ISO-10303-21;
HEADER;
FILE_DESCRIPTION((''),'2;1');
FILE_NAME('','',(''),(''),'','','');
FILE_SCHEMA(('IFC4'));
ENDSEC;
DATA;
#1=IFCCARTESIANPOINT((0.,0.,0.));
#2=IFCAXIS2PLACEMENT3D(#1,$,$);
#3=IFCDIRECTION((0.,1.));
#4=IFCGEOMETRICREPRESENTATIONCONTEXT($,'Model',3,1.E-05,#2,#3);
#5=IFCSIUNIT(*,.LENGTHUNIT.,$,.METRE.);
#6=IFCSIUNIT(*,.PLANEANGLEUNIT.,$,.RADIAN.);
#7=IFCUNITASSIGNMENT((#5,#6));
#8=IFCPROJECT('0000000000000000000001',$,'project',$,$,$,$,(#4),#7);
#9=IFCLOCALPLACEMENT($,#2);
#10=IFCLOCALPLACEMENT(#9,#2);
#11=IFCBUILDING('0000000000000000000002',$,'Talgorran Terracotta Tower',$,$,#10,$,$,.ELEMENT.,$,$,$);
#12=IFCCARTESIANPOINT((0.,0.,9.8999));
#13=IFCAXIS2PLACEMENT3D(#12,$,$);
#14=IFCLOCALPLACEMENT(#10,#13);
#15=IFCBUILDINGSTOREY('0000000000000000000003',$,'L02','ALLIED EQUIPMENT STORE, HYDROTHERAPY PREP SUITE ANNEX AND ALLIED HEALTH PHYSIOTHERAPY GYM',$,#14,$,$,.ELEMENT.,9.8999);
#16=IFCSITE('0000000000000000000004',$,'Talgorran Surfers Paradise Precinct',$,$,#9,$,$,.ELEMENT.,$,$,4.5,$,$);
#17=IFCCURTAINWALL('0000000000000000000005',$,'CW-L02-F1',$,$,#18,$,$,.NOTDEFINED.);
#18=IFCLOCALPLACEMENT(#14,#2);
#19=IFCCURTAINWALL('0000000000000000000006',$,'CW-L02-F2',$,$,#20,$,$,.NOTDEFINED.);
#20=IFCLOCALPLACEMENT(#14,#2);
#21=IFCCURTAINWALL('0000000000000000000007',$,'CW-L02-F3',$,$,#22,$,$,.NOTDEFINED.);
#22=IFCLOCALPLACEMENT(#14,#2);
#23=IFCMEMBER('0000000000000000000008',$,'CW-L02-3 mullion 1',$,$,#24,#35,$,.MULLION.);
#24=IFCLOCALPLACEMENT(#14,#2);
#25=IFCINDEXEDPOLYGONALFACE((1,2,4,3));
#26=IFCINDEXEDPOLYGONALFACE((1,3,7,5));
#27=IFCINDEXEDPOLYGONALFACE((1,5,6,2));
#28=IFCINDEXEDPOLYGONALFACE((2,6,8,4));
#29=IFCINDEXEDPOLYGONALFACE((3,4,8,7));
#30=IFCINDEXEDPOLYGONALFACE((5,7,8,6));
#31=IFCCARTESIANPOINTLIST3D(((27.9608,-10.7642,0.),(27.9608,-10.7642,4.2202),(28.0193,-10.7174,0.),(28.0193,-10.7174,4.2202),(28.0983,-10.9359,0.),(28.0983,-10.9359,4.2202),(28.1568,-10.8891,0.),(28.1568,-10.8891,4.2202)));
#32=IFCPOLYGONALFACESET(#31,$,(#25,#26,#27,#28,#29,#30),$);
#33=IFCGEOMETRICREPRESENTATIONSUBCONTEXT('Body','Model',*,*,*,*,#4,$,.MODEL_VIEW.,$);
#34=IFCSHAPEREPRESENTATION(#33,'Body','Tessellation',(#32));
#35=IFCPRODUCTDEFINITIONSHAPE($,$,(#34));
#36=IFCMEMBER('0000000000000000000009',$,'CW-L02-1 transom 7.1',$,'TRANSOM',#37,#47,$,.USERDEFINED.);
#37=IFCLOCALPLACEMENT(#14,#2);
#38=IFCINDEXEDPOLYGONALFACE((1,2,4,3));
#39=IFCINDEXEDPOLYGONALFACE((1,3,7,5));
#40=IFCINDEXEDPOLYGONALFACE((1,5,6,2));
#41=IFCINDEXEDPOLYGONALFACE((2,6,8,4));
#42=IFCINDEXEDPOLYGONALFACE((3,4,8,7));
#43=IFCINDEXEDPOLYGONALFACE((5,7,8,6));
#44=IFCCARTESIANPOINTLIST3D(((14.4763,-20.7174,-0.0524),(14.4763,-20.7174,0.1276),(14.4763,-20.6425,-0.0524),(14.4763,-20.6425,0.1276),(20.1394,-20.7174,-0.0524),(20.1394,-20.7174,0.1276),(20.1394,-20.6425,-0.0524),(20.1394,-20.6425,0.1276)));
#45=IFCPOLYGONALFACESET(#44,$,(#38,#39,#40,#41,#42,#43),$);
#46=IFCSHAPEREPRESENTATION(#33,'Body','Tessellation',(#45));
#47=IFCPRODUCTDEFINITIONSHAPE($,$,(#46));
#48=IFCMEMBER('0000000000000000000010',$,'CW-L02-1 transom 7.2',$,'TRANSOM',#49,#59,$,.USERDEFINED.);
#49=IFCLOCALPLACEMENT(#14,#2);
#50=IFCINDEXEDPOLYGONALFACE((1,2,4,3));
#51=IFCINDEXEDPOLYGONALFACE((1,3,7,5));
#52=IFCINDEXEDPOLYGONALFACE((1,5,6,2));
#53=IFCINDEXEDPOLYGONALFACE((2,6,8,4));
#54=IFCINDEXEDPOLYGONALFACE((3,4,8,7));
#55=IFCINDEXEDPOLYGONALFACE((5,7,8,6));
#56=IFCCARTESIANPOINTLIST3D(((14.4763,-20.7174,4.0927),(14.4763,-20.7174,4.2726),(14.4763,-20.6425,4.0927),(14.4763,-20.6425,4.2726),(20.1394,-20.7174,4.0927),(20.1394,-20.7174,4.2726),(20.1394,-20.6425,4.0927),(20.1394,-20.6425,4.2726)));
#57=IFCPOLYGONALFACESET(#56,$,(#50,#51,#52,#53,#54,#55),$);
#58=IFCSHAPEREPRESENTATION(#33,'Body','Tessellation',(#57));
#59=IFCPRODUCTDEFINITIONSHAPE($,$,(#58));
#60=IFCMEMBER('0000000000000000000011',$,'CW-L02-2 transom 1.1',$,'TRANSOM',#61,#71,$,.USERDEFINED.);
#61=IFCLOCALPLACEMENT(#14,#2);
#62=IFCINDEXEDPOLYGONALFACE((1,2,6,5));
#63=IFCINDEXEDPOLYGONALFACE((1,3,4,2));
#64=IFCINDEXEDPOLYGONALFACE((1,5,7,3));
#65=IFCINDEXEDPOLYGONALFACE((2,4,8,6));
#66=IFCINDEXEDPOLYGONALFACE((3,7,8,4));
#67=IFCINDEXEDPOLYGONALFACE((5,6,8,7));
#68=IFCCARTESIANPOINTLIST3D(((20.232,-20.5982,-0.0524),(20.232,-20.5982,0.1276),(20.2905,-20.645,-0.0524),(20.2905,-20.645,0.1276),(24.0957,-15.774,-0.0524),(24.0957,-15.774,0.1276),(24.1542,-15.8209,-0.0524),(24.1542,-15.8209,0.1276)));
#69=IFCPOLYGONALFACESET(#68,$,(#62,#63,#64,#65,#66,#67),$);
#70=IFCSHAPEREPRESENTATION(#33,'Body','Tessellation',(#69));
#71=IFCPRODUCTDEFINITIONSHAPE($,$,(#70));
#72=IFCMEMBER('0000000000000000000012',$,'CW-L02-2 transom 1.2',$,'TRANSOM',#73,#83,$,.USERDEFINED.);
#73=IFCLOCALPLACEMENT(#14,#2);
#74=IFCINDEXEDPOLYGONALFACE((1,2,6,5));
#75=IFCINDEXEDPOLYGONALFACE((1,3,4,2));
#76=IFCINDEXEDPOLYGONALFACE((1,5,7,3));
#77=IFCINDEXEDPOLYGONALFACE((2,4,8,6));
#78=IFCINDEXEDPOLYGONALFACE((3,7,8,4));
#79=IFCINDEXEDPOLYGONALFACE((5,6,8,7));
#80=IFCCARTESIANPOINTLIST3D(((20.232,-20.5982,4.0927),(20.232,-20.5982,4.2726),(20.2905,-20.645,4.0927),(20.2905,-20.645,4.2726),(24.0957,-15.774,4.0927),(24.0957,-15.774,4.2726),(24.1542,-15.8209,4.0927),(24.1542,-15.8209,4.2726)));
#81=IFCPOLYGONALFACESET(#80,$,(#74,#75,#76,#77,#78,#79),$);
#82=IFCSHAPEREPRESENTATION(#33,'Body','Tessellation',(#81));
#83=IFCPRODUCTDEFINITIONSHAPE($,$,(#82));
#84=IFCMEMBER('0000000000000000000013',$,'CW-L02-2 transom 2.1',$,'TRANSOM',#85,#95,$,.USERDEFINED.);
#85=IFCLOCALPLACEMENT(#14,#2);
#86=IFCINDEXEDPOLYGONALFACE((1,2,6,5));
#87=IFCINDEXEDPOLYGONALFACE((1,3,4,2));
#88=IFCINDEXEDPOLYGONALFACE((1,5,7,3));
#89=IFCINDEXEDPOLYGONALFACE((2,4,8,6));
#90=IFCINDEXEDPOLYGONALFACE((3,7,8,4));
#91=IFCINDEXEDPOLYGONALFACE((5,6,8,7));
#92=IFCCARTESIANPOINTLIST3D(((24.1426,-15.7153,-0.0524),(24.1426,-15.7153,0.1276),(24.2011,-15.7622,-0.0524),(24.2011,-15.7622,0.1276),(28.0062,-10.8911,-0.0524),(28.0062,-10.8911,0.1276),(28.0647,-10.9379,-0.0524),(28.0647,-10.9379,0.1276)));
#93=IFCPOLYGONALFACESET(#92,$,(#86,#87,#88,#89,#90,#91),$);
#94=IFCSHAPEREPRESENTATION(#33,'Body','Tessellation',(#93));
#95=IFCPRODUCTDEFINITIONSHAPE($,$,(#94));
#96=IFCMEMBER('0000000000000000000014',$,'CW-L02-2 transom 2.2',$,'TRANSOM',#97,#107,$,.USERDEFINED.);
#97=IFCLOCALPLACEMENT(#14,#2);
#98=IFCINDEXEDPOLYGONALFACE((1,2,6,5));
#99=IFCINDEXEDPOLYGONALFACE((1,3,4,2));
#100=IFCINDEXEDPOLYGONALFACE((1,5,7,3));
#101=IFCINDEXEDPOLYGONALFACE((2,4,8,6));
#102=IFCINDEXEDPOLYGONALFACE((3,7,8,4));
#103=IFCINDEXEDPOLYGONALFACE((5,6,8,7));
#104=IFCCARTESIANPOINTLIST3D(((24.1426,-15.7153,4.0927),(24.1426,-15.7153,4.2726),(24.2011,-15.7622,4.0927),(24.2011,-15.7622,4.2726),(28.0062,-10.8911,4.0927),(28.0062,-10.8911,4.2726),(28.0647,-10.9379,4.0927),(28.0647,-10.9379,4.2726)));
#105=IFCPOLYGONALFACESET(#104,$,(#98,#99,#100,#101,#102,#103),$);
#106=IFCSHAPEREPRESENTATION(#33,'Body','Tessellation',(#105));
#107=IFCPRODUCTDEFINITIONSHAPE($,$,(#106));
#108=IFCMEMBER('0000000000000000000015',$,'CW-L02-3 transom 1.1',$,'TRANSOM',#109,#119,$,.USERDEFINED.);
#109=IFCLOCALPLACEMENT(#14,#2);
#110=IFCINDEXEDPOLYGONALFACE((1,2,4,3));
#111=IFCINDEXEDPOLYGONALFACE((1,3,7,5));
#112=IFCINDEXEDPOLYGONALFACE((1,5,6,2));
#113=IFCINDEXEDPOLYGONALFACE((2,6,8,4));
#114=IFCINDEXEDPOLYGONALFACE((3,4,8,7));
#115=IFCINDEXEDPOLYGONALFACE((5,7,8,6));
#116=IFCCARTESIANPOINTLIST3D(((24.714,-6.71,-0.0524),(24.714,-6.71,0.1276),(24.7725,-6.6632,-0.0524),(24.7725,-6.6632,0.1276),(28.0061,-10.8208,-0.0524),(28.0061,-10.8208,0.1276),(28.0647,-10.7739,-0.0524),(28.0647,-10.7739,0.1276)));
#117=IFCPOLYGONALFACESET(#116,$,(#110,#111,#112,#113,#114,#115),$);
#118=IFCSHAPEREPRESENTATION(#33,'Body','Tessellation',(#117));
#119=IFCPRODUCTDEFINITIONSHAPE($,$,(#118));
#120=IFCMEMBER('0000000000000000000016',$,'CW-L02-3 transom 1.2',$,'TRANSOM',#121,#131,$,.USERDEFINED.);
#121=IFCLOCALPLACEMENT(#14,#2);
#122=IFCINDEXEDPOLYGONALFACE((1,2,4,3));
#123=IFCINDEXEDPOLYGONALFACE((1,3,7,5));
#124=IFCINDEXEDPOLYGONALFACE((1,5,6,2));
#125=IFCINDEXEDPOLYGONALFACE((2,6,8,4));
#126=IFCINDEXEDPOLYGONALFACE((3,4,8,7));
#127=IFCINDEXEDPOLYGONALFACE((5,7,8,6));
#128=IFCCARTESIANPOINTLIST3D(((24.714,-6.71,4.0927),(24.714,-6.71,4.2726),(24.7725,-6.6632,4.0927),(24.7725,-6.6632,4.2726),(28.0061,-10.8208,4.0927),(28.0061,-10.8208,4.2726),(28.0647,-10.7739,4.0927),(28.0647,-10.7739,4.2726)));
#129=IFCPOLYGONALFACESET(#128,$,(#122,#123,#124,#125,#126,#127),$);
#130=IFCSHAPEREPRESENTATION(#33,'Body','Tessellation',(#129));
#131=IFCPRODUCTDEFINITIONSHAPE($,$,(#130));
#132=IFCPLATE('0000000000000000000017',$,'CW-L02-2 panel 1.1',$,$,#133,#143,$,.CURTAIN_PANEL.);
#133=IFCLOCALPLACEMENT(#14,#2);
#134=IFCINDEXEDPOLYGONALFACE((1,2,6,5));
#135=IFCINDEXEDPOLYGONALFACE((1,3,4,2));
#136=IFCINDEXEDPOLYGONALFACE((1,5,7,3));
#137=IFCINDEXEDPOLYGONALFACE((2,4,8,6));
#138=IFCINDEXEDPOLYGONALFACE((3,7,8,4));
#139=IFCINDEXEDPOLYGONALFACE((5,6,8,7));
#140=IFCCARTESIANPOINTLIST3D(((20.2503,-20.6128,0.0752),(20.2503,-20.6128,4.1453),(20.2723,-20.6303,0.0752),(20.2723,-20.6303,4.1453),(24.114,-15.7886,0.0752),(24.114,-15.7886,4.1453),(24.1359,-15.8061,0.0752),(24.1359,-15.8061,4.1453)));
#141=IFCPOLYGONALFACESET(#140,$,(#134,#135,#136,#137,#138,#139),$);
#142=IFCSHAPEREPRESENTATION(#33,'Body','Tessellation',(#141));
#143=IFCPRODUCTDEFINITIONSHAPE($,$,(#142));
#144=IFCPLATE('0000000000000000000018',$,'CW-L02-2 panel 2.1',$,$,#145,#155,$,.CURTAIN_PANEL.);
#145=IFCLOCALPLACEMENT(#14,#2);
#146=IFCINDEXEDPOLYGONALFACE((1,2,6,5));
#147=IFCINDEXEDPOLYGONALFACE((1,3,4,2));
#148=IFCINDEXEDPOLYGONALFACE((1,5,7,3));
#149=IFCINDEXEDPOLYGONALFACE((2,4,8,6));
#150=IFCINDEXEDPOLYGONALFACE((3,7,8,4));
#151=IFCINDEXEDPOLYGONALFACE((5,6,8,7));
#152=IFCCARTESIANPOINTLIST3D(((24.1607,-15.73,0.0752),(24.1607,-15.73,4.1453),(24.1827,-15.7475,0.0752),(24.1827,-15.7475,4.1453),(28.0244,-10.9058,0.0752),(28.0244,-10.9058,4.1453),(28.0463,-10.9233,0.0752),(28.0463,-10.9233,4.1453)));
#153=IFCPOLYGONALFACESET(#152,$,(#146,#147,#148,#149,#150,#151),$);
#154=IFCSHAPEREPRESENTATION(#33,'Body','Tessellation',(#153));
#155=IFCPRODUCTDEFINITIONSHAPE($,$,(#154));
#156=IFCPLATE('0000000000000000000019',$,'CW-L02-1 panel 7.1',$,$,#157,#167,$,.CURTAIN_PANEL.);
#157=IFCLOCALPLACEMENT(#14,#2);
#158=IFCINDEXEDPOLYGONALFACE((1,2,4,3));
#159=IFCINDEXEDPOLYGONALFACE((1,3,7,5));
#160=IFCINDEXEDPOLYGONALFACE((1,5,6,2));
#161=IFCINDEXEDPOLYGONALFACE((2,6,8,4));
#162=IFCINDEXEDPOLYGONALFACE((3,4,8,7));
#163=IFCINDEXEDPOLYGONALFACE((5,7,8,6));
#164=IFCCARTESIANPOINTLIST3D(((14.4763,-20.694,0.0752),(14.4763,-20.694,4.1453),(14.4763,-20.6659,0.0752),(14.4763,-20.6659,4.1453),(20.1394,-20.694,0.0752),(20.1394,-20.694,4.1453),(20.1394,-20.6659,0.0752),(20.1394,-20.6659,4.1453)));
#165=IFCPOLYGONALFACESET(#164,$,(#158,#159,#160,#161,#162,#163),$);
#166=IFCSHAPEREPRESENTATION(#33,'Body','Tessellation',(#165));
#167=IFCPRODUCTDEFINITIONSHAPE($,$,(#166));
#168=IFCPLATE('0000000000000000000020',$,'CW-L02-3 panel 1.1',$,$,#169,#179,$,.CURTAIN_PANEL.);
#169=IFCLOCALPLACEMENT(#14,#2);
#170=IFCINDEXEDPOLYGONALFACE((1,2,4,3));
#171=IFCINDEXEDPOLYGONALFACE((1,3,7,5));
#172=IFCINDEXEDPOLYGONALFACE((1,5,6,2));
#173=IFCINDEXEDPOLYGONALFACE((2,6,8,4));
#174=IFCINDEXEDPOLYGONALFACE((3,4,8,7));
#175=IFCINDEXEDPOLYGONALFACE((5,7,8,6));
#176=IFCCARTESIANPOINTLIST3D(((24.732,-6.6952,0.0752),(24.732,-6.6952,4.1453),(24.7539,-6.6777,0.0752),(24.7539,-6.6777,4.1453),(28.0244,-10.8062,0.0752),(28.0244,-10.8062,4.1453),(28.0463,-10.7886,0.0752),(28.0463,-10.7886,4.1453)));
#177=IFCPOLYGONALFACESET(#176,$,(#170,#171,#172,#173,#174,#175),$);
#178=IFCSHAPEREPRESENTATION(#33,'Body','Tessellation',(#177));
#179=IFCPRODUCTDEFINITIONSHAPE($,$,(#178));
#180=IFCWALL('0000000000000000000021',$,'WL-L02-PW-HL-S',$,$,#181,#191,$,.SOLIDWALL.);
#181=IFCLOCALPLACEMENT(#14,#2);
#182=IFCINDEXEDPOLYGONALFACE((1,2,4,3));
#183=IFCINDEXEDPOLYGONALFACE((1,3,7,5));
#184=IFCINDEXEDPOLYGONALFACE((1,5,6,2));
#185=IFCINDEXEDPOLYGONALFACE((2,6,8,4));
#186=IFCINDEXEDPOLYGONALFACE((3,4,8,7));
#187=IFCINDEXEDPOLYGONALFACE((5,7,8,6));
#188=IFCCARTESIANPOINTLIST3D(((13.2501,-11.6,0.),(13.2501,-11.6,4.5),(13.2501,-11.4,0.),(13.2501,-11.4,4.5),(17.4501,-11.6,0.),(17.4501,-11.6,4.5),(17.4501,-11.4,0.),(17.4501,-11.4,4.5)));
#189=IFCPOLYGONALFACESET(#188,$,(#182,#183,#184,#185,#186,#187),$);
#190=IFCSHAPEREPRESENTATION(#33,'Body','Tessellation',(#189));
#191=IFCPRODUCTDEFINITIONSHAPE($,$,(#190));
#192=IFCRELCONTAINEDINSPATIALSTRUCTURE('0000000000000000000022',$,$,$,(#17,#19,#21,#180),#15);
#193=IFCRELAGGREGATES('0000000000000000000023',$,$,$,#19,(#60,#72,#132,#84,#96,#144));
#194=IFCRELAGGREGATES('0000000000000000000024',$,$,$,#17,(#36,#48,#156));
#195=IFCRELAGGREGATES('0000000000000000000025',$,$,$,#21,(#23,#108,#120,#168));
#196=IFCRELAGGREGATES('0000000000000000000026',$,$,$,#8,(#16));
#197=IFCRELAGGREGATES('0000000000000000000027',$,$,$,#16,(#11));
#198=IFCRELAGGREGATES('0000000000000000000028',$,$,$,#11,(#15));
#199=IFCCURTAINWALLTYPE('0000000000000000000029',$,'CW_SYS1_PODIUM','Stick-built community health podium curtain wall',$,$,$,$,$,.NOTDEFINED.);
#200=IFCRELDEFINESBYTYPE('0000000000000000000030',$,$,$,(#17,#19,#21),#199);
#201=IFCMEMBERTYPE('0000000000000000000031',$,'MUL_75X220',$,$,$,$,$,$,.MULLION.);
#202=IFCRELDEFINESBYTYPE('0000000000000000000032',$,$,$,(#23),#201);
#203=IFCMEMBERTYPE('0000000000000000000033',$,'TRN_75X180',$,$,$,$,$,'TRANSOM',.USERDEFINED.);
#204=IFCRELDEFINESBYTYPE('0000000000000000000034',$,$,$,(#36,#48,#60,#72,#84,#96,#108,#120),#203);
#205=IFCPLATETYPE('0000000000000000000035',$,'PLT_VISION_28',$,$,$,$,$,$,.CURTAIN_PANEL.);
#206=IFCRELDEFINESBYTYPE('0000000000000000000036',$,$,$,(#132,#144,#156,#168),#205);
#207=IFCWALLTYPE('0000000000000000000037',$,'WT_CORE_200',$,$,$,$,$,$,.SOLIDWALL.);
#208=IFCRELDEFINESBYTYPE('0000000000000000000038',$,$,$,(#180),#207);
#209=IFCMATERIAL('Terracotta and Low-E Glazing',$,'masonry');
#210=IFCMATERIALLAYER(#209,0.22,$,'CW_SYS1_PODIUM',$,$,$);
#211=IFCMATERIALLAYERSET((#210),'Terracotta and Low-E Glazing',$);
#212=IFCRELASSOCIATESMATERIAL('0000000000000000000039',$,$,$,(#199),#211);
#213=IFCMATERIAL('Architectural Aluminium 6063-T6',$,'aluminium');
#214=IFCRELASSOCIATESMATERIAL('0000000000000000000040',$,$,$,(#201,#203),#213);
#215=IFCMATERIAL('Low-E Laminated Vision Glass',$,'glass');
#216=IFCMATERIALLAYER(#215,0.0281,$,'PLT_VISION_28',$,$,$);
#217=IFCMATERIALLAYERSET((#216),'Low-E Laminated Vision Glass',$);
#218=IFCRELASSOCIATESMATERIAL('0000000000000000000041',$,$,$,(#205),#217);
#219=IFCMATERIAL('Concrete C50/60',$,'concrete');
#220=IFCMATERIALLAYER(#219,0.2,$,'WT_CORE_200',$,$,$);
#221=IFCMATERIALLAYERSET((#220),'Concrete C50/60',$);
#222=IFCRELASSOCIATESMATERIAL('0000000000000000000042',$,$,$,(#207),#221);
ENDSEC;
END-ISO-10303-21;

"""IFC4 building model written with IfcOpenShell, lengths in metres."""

from ifc_helpers import new_model, si_unit, direction, frame, frame_2d, origin, origin_2d, place, context, subcontext, project, spatial, rectangle, extrude, source, transform, mapped, material, layer, layer_set, material_profile, profile_set, type_object, type_shapes, element, aggregate, save


model = new_model("IFC4")

# Units and contexts
model_context = context("Model", 3, precision=1e-05, world=origin(), true_north=direction((0.0, 1.0)))
body_context = subcontext(model_context, "Body", "Model", "MODEL_VIEW")
ifc_project = project(units=[si_unit("LENGTHUNIT", "METRE"), si_unit("PLANEANGLEUNIT", "RADIAN")], contexts=[model_context])

# Site, building, storey
site_placement = place(None, origin())
site = spatial("IfcSite", under=ifc_project, at=site_placement, Name="Talgorran Surfers Paradise Precinct", CompositionType="ELEMENT", RefElevation=4.5)
building_placement = place(site_placement, origin())
building = spatial("IfcBuilding", under=site, at=building_placement, Name="Talgorran Terracotta Tower", CompositionType="ELEMENT")
storey_placement = place(building_placement, frame((0.0, 0.0, 9.8999)))
storey = spatial("IfcBuildingStorey", under=building, at=storey_placement, Name="L02", Description="ALLIED EQUIPMENT STORE, HYDROTHERAPY PREP SUITE ANNEX AND ALLIED HEALTH PHYSIOTHERAPY GYM", CompositionType="ELEMENT", Elevation=9.8999)

# Curtain walls
ifc_material_1 = material(Name="Terracotta and Low-E Glazing", Category="masonry")
ifc_layer_1 = layer(ifc_material_1, 0.22, Name="CW_SYS1_PODIUM")
ifc_layer_set_1 = layer_set([ifc_layer_1], Name="Terracotta and Low-E Glazing")
curtain_wall_type = type_object("IfcCurtainWallType", Name="CW_SYS1_PODIUM", Description="Stick-built community health podium curtain wall", PredefinedType="NOTDEFINED", material=ifc_layer_set_1)
curtain_wall_1_placement = place(storey_placement, origin())
curtain_wall_1 = element("IfcCurtainWall", 1, at=curtain_wall_1_placement, inside=storey, type_object=curtain_wall_type, Name="CW-L02-F1", PredefinedType="NOTDEFINED")
ifc_material_2 = material(Name="Architectural Aluminium 6063-T6", Category="aluminium")
ifc_material_profile_1 = material_profile(ifc_material_2, rectangle(XDim=0.075, YDim=0.22, at=origin_2d()), Name="CWM75X220")
ifc_profile_set_1 = profile_set([ifc_material_profile_1], Name="Architectural Aluminium 6063-T6")
member_type_1 = type_object("IfcMemberType", Name="MUL_75X220", PredefinedType="MULLION", material=ifc_profile_set_1)
curtain_wall_2_placement = place(storey_placement, origin())
curtain_wall_2 = element("IfcCurtainWall", 2, at=curtain_wall_2_placement, inside=storey, type_object=curtain_wall_type, Name="CW-L02-F2", PredefinedType="NOTDEFINED")

# Curtain wall, member
curtain_wall_3_placement = place(storey_placement, origin())
curtain_wall_3 = element("IfcCurtainWall", 3, at=curtain_wall_3_placement, inside=storey, type_object=curtain_wall_type, Name="CW-L02-F3", PredefinedType="NOTDEFINED")
member_1_placement = place(storey_placement, frame((28.0588, -10.8267, 0.0), z_axis=(0.0, 0.0, 1.0), x_axis=(-0.780532, -0.625116, 0.0)))
member_1 = element("IfcMember", 4, at=member_1_placement, type_object=member_type_1, Name="CW-L02-3 mullion 1", PredefinedType="MULLION", context=body_context, shape_type="SweptSolid", body=[
    extrude(rectangle(XDim=0.075, YDim=0.22, at=origin_2d()), origin(), (0.0, 0.0, 1.0), 4.2202),
])

# Members
ifc_material_profile_2 = material_profile(ifc_material_2, rectangle(XDim=0.075, YDim=0.1799, at=origin_2d()), Name="CWT75X180")
ifc_profile_set_2 = profile_set([ifc_material_profile_2], Name="Architectural Aluminium 6063-T6")
member_type_2 = type_object("IfcMemberType", Name="TRN_75X180", ElementType="TRANSOM", PredefinedType="USERDEFINED", material=ifc_profile_set_2)
member_2_placement = place(storey_placement, frame((14.4763, -20.6799, 0.0376), z_axis=(1.0, 0.0, 0.0), x_axis=(0.0, 1.0, 0.0)))
member_2 = element("IfcMember", 5, at=member_2_placement, type_object=member_type_2, Name="CW-L02-1 transom 7.1", ObjectType="TRANSOM", PredefinedType="USERDEFINED", context=body_context, shape_type="SweptSolid", body=[
    extrude(rectangle(XDim=0.075, YDim=0.1799, at=origin_2d()), origin(), (0.0, 0.0, 1.0), 5.6631),
])
member_3_placement = place(storey_placement, frame((14.4763, -20.6799, 4.1826), z_axis=(1.0, 0.0, 0.0), x_axis=(0.0, 1.0, 0.0)))
member_3 = element("IfcMember", 6, at=member_3_placement, type_object=member_type_2, Name="CW-L02-1 transom 7.2", ObjectType="TRANSOM", PredefinedType="USERDEFINED", context=body_context, shape_type="SweptSolid", body=[
    extrude(rectangle(XDim=0.075, YDim=0.1799, at=origin_2d()), origin(), (0.0, 0.0, 1.0), 5.6631),
])
member_4_placement = place(storey_placement, frame((20.2612, -20.6216, 0.0376), z_axis=(0.625128, 0.780522, 0.0), x_axis=(-0.780522, 0.625128, 0.0)))
member_4 = element("IfcMember", 7, at=member_4_placement, type_object=member_type_2, Name="CW-L02-2 transom 1.1", ObjectType="TRANSOM", PredefinedType="USERDEFINED", context=body_context, shape_type="SweptSolid", body=[
    extrude(rectangle(XDim=0.075, YDim=0.1799, at=origin_2d()), origin(), (0.0, 0.0, 1.0), 6.1807),
])
member_5_placement = place(storey_placement, frame((20.2612, -20.6216, 4.1826), z_axis=(0.625128, 0.780522, 0.0), x_axis=(-0.780522, 0.625128, 0.0)))
member_5 = element("IfcMember", 8, at=member_5_placement, type_object=member_type_2, Name="CW-L02-2 transom 1.2", ObjectType="TRANSOM", PredefinedType="USERDEFINED", context=body_context, shape_type="SweptSolid", body=[
    extrude(rectangle(XDim=0.075, YDim=0.1799, at=origin_2d()), origin(), (0.0, 0.0, 1.0), 6.1807),
])
member_6_placement = place(storey_placement, frame((24.1719, -15.7388, 0.0376), z_axis=(0.625104, 0.780541, 0.0), x_axis=(-0.780541, 0.625104, 0.0)))
member_6 = element("IfcMember", 9, at=member_6_placement, type_object=member_type_2, Name="CW-L02-2 transom 2.1", ObjectType="TRANSOM", PredefinedType="USERDEFINED", context=body_context, shape_type="SweptSolid", body=[
    extrude(rectangle(XDim=0.075, YDim=0.1799, at=origin_2d()), origin(), (0.0, 0.0, 1.0), 6.1807),
])
member_7_placement = place(storey_placement, frame((24.1719, -15.7388, 4.1826), z_axis=(0.625104, 0.780541, 0.0), x_axis=(-0.780541, 0.625104, 0.0)))
member_7 = element("IfcMember", 10, at=member_7_placement, type_object=member_type_2, Name="CW-L02-2 transom 2.2", ObjectType="TRANSOM", PredefinedType="USERDEFINED", context=body_context, shape_type="SweptSolid", body=[
    extrude(rectangle(XDim=0.075, YDim=0.1799, at=origin_2d()), origin(), (0.0, 0.0, 1.0), 6.1807),
])
member_8_placement = place(storey_placement, frame((28.0354, -10.7974, 0.0376), z_axis=(-0.625108, 0.780539, 0.0), x_axis=(-0.780539, -0.625108, 0.0)))
member_8 = element("IfcMember", 11, at=member_8_placement, type_object=member_type_2, Name="CW-L02-3 transom 1.1", ObjectType="TRANSOM", PredefinedType="USERDEFINED", context=body_context, shape_type="SweptSolid", body=[
    extrude(rectangle(XDim=0.075, YDim=0.1799, at=origin_2d()), origin(), (0.0, 0.0, 1.0), 5.2666),
])
member_9_placement = place(storey_placement, frame((28.0354, -10.7974, 4.1826), z_axis=(-0.625108, 0.780539, 0.0), x_axis=(-0.780539, -0.625108, 0.0)))
member_9 = element("IfcMember", 12, at=member_9_placement, type_object=member_type_2, Name="CW-L02-3 transom 1.2", ObjectType="TRANSOM", PredefinedType="USERDEFINED", context=body_context, shape_type="SweptSolid", body=[
    extrude(rectangle(XDim=0.075, YDim=0.1799, at=origin_2d()), origin(), (0.0, 0.0, 1.0), 5.2666),
])

# Plates
ifc_material_3 = material(Name="Low-E Laminated Vision Glass", Category="glass")
ifc_layer_2 = layer(ifc_material_3, 0.0281, Name="PLT_VISION_28")
ifc_layer_set_2 = layer_set([ifc_layer_2], Name="Low-E Laminated Vision Glass")
plate_type = type_object("IfcPlateType", Name="PLT_VISION_28", PredefinedType="CURTAIN_PANEL", material=ifc_layer_set_2)
shared_shape_1 = source(origin(), body_context, "Body", "SweptSolid", [
    extrude(rectangle(XDim=6.1807, YDim=0.0281, at=origin_2d()), origin(), (0.0, 0.0, 1.0), 4.0701),
])
plate_1_placement = place(storey_placement, frame((22.1931, -18.2095, 0.0752), z_axis=(0.0, 0.0, 1.0), x_axis=(0.625116, 0.780532, 0.0)))
plate_1 = element("IfcPlate", 13, at=plate_1_placement, type_object=plate_type, Name="CW-L02-2 panel 1.1", PredefinedType="CURTAIN_PANEL", context=body_context, shape_type="MappedRepresentation", body=[
    mapped(shared_shape_1, transform((0.0, 0.0, 0.0), scale=1.0)),
])
plate_2_placement = place(storey_placement, frame((26.1035, -13.3267, 0.0752), z_axis=(0.0, 0.0, 1.0), x_axis=(0.625116, 0.780532, 0.0)))
plate_2 = element("IfcPlate", 14, at=plate_2_placement, type_object=plate_type, Name="CW-L02-2 panel 2.1", PredefinedType="CURTAIN_PANEL", context=body_context, shape_type="MappedRepresentation", body=[
    mapped(shared_shape_1, transform((0.0, 0.0, 0.0), scale=1.0)),
])
aggregate(curtain_wall_2, [member_4, member_5, plate_1, member_6, member_7, plate_2])
shared_shape_2 = source(origin(), body_context, "Body", "SweptSolid", [
    extrude(rectangle(XDim=5.6631, YDim=0.0281, at=origin_2d()), origin(), (0.0, 0.0, 1.0), 4.0701),
])
plate_3_placement = place(storey_placement, frame((17.3079, -20.6799, 0.0752), z_axis=(0.0, 0.0, 1.0), x_axis=(1.0, 0.0, 0.0)))
plate_3 = element("IfcPlate", 15, at=plate_3_placement, type_object=plate_type, Name="CW-L02-1 panel 7.1", PredefinedType="CURTAIN_PANEL", context=body_context, shape_type="MappedRepresentation", body=[
    mapped(shared_shape_2, transform((0.0, 0.0, 0.0), scale=1.0)),
])
aggregate(curtain_wall_1, [member_2, member_3, plate_3])
shared_shape_3 = source(origin(), body_context, "Body", "SweptSolid", [
    extrude(rectangle(XDim=5.2668, YDim=0.0281, at=origin_2d()), origin(), (0.0, 0.0, 1.0), 4.0701),
])
type_shapes(plate_type, [shared_shape_1, shared_shape_2, shared_shape_3])
plate_4_placement = place(storey_placement, frame((26.3892, -8.7419, 0.0752), z_axis=(0.0, 0.0, 1.0), x_axis=(-0.625116, 0.780532, 0.0)))
plate_4 = element("IfcPlate", 16, at=plate_4_placement, type_object=plate_type, Name="CW-L02-3 panel 1.1", PredefinedType="CURTAIN_PANEL", context=body_context, shape_type="MappedRepresentation", body=[
    mapped(shared_shape_3, transform((0.0, 0.0, 0.0), scale=1.0)),
])
aggregate(curtain_wall_3, [member_1, member_8, member_9, plate_4])

# Wall
ifc_material_4 = material(Name="Concrete C50/60", Category="concrete")
ifc_layer_3 = layer(ifc_material_4, 0.2, Name="WT_CORE_200")
ifc_layer_set_3 = layer_set([ifc_layer_3], Name="Concrete C50/60")
wall_type_1 = type_object("IfcWallType", Name="WT_CORE_200", PredefinedType="SOLIDWALL", material=ifc_layer_set_3)
wall_1_placement = place(storey_placement, frame((13.25, -11.5, 0.0), z_axis=(0.0, 0.0, 1.0), x_axis=(1.0, 0.0, 0.0)))
element("IfcWall", 17, at=wall_1_placement, inside=storey, type_object=wall_type_1, Name="WL-L02-PW-HL-S", PredefinedType="SOLIDWALL", context=body_context, shape_type="SweptSolid", body=[
    extrude(rectangle(XDim=4.2, YDim=0.2, at=frame_2d((2.1001, 0.0))), origin(), (0.0, 0.0, 1.0), 4.5),
])

save(model, "model.ifc")
